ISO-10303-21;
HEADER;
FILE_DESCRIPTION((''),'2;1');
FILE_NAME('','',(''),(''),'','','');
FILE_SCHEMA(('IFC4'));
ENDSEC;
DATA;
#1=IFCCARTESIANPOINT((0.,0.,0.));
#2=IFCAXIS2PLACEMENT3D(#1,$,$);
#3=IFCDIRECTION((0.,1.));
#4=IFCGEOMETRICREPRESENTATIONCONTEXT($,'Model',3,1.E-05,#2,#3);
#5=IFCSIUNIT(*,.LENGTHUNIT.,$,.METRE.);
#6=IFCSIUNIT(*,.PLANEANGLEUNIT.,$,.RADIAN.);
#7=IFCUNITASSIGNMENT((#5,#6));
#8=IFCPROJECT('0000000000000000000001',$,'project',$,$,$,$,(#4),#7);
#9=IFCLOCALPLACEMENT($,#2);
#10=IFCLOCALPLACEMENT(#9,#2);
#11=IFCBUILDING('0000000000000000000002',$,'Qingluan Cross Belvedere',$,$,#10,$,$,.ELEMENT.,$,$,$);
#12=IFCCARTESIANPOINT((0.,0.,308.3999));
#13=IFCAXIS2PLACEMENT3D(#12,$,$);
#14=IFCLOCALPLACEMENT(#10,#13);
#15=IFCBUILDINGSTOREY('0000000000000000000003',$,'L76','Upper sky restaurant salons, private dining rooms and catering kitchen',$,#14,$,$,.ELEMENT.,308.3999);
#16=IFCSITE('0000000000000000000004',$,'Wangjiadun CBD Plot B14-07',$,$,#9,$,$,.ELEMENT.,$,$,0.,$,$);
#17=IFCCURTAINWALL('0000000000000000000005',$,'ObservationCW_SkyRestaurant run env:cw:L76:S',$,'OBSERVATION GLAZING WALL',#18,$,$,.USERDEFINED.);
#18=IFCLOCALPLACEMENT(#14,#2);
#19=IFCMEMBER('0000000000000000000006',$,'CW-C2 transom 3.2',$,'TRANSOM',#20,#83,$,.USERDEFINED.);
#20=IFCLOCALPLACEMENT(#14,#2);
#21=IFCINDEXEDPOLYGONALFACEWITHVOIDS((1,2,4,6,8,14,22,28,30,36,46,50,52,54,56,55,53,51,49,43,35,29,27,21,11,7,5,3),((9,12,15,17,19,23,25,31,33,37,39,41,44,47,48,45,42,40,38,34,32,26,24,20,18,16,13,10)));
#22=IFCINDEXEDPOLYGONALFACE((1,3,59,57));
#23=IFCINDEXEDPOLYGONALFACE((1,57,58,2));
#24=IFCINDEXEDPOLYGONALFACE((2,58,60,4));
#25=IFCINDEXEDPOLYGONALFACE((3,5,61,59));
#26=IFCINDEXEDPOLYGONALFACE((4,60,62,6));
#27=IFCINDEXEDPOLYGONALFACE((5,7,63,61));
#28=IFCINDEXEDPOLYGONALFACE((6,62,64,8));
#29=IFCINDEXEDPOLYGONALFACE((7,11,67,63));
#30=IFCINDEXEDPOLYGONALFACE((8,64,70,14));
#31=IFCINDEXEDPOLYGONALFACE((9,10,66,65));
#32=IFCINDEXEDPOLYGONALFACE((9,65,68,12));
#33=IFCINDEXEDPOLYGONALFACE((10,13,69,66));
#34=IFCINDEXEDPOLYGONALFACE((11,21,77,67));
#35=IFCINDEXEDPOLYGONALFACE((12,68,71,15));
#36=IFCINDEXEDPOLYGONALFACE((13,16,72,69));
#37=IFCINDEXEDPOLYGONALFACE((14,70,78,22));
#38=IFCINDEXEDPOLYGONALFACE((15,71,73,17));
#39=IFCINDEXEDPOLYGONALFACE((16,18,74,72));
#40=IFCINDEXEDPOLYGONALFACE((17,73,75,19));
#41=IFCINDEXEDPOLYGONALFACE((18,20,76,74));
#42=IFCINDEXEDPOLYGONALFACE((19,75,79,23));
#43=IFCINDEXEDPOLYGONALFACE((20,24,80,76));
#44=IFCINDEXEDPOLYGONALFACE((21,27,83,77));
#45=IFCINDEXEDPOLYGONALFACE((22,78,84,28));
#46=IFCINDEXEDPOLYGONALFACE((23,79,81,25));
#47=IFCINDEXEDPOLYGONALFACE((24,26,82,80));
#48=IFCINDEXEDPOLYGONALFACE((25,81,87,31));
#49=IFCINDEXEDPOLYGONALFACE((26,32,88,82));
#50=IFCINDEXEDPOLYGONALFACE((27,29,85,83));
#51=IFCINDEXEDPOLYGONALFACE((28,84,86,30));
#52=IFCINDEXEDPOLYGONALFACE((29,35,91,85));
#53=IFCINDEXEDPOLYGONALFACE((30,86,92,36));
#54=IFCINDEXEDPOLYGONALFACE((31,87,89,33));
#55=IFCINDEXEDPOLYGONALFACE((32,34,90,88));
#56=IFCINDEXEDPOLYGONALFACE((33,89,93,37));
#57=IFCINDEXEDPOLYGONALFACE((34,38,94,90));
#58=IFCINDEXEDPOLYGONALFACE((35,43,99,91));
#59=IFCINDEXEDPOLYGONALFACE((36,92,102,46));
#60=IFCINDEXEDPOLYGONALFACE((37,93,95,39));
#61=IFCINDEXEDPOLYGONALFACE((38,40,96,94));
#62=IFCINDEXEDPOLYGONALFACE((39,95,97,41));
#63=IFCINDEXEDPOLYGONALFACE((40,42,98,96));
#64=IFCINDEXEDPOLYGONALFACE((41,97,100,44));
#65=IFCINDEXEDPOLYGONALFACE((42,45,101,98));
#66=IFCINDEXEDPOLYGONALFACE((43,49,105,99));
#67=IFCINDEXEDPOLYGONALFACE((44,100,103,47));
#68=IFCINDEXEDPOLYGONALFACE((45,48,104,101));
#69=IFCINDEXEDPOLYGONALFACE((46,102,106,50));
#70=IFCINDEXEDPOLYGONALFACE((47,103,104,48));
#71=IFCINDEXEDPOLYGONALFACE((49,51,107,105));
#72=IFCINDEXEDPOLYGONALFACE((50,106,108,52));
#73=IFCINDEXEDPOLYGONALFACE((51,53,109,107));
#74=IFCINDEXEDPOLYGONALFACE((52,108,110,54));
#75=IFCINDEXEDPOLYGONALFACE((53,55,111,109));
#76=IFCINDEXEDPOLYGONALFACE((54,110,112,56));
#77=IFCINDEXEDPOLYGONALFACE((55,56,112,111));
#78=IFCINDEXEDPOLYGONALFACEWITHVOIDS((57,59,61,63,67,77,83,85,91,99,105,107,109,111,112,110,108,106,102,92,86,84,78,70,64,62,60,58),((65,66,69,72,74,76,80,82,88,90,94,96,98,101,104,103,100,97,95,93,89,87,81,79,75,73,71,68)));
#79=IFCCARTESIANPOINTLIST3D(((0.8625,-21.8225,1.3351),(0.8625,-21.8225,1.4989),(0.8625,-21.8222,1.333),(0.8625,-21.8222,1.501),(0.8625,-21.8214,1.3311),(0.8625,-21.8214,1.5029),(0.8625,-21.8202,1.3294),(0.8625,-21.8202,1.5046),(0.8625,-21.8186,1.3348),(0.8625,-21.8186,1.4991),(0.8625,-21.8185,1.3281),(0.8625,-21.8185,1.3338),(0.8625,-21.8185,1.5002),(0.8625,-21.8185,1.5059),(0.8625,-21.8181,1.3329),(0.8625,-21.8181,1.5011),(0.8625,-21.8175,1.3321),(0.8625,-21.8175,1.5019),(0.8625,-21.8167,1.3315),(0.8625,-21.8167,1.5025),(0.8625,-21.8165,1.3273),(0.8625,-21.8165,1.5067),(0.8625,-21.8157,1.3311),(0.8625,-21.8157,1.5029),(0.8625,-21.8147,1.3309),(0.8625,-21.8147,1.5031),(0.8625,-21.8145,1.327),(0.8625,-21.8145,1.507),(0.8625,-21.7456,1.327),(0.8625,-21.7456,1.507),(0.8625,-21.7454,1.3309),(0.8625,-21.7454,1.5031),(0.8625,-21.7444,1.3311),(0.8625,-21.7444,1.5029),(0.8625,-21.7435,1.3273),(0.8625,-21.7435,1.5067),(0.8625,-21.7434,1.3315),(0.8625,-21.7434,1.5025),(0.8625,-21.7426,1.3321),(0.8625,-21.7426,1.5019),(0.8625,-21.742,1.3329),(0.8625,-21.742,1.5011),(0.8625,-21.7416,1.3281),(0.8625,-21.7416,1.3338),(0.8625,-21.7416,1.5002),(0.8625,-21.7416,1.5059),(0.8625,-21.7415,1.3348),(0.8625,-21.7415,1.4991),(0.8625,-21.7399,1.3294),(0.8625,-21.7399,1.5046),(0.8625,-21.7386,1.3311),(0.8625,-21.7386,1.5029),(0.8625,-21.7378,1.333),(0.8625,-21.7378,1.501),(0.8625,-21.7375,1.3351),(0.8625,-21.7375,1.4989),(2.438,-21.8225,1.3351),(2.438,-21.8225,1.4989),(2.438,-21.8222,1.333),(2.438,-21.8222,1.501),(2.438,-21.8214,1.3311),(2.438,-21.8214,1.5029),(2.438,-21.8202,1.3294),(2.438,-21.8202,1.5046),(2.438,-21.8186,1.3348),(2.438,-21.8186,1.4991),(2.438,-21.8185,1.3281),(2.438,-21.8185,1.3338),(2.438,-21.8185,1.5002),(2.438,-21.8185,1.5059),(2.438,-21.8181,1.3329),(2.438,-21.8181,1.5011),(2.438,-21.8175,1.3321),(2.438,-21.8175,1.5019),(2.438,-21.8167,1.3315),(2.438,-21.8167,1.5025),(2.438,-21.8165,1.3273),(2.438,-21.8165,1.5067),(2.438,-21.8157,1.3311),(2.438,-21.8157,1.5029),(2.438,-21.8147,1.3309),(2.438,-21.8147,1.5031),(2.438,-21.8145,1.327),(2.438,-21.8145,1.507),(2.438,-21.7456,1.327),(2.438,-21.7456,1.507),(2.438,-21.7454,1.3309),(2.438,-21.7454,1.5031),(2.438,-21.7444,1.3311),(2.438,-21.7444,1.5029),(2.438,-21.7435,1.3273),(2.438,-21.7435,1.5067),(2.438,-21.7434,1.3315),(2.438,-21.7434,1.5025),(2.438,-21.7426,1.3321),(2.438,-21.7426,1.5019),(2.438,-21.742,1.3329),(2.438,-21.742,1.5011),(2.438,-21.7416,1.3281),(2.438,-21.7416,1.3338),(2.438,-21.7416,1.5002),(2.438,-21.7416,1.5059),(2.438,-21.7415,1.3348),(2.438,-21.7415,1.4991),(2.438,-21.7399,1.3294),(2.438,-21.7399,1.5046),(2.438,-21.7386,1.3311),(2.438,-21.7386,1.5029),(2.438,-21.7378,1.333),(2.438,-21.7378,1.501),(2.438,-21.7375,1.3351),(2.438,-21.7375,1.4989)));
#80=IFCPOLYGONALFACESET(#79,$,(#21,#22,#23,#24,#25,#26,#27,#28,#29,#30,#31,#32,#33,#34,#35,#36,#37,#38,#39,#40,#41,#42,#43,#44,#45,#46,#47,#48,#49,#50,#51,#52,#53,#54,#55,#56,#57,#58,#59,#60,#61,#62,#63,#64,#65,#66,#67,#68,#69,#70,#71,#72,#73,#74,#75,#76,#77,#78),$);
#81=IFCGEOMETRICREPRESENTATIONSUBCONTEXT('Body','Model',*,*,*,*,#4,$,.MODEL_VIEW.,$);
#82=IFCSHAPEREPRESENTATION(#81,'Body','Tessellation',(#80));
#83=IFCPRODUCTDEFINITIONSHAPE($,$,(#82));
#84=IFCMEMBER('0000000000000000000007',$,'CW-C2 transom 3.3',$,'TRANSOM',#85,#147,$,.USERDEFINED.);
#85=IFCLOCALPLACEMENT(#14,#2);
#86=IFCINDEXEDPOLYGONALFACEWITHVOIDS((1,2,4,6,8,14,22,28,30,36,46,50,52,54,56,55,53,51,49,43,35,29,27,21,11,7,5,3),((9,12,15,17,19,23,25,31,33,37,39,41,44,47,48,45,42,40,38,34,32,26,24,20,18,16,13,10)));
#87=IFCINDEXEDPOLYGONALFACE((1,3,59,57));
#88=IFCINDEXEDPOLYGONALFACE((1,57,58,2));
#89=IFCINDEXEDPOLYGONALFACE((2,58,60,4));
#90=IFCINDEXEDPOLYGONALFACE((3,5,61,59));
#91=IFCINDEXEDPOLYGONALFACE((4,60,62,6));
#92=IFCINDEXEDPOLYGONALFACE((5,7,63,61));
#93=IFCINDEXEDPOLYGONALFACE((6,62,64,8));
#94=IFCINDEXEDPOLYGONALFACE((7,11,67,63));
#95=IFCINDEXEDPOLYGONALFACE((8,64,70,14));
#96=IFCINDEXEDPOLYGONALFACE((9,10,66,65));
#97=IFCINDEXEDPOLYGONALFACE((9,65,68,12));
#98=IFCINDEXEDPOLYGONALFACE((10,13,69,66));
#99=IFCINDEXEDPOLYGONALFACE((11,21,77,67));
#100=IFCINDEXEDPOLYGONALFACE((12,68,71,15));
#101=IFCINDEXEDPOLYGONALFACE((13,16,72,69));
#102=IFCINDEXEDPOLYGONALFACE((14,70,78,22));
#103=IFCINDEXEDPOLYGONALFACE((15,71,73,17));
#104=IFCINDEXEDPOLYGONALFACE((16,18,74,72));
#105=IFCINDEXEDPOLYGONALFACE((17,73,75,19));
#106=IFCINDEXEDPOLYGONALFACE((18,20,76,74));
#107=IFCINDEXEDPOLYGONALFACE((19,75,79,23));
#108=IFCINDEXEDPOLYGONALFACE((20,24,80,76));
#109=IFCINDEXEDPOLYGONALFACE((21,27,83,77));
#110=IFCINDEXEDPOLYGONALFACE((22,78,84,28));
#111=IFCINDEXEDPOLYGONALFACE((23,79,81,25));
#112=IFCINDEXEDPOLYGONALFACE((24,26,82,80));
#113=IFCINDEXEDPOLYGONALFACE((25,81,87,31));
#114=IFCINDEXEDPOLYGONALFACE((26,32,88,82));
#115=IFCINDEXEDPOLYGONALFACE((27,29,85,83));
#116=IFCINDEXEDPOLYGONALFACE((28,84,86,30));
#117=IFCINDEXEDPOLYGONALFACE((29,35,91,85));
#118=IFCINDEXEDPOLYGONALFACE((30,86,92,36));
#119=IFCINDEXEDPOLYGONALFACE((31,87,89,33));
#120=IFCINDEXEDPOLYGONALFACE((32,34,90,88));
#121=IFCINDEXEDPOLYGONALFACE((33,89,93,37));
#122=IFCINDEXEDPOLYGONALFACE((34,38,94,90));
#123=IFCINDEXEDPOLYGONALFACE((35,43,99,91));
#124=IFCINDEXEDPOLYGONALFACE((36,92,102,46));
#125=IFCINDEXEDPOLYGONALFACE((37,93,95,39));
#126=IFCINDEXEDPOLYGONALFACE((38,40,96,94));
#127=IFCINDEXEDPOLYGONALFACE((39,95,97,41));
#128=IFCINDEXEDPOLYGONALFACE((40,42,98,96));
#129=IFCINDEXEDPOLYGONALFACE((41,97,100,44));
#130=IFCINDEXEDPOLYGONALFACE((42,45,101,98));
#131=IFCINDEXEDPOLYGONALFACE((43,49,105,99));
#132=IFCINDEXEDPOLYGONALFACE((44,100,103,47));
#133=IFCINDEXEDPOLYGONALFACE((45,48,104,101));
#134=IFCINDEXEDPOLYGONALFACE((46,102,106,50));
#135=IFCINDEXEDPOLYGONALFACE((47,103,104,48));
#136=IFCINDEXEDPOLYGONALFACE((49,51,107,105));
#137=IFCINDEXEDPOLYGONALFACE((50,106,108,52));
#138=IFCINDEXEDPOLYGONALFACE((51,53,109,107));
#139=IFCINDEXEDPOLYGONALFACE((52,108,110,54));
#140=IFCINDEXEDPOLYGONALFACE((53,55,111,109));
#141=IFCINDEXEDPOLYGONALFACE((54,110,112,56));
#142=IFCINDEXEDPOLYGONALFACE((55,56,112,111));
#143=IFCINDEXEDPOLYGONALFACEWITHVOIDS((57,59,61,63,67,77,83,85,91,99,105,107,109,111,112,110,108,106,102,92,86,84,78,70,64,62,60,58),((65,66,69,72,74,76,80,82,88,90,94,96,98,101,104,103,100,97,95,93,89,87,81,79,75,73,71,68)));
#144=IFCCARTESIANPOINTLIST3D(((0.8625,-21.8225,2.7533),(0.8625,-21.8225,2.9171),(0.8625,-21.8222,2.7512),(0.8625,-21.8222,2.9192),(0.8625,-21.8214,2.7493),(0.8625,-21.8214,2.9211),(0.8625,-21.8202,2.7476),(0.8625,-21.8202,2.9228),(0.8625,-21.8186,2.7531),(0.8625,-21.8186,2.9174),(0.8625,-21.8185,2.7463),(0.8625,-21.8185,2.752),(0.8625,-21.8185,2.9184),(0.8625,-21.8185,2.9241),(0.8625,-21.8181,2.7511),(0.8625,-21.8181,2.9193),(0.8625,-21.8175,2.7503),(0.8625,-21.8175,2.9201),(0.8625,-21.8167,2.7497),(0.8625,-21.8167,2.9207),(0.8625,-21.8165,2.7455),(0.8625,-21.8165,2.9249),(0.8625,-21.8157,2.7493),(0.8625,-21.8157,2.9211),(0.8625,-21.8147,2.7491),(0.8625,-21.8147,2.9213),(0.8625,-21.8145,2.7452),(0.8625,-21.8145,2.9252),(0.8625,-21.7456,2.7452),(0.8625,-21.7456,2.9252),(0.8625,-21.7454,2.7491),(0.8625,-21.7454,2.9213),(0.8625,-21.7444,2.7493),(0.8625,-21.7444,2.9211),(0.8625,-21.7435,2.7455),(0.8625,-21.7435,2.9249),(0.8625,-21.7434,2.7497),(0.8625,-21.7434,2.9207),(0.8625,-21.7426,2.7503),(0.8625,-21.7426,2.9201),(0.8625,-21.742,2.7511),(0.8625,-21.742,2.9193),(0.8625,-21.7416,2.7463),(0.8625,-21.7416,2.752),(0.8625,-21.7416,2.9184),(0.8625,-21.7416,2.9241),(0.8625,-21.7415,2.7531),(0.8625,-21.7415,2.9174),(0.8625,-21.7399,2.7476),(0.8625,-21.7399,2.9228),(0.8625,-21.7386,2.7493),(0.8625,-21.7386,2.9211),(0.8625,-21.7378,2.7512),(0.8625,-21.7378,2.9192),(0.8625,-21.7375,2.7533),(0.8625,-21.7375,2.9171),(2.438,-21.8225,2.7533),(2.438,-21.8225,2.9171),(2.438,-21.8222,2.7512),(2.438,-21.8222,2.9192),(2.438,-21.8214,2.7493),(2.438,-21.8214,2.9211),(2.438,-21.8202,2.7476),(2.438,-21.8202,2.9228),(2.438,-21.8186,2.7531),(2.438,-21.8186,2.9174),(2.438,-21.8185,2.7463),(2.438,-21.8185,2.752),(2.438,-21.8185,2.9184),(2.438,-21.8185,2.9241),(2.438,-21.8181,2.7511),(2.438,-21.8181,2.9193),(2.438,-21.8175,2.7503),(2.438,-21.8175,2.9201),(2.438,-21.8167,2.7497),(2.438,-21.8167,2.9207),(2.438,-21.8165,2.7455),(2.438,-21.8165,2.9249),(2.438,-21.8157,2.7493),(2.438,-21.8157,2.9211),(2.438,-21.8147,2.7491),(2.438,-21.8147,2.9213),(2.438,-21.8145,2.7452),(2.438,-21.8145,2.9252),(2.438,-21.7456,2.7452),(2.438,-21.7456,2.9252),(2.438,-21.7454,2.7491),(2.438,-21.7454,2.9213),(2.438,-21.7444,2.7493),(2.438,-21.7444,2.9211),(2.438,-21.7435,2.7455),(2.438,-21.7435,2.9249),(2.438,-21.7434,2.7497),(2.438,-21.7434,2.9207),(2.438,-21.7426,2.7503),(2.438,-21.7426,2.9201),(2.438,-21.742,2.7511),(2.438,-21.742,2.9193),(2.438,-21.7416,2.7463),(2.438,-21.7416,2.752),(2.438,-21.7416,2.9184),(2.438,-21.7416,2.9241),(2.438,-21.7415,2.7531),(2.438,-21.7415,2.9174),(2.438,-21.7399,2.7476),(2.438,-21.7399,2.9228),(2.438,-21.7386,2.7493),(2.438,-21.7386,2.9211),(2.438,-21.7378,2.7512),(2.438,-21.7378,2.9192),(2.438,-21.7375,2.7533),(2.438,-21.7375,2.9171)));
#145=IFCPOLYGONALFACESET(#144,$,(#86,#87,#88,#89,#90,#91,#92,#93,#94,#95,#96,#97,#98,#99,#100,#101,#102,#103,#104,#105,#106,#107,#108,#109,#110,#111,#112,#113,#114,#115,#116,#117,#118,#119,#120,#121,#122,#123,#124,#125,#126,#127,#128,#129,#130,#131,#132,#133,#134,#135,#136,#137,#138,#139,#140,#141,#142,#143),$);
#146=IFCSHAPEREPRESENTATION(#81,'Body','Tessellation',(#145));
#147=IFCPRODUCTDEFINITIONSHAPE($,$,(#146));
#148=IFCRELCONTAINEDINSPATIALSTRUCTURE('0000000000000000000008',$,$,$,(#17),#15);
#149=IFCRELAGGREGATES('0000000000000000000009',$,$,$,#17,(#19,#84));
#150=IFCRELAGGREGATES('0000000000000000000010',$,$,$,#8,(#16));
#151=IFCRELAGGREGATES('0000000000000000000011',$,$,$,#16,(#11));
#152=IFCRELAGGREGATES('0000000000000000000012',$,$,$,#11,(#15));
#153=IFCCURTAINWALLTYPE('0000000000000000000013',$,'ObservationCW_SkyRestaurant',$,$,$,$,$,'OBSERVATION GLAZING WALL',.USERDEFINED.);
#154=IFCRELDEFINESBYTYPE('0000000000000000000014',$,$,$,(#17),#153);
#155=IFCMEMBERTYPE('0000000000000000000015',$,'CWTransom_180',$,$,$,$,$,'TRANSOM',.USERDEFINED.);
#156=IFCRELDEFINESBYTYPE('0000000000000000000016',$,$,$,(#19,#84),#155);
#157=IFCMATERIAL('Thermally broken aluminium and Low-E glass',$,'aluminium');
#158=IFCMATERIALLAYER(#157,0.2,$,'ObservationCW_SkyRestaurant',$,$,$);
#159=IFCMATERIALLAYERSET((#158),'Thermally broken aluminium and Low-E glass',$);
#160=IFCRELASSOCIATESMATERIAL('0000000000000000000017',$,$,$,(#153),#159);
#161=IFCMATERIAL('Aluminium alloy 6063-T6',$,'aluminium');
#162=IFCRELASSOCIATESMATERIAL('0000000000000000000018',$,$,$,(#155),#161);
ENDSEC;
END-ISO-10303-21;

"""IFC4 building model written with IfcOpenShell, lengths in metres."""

from ifc_helpers import new_model, si_unit, direction, frame, origin, origin_2d, place, context, subcontext, project, spatial, hollow_rectangle, extrude, material, layer, layer_set, material_profile, profile_set, type_object, element, aggregate, save


model = new_model("IFC4")

# Units and contexts
model_context = context("Model", 3, precision=1e-05, world=origin(), true_north=direction((0.0, 1.0)))
body_context = subcontext(model_context, "Body", "Model", "MODEL_VIEW")
ifc_project = project(units=[si_unit("LENGTHUNIT", "METRE"), si_unit("PLANEANGLEUNIT", "RADIAN")], contexts=[model_context])

# Site, building, storey
site_placement = place(None, origin())
site = spatial("IfcSite", under=ifc_project, at=site_placement, Name="Wangjiadun CBD Plot B14-07", CompositionType="ELEMENT", RefElevation=0.0)
building_placement = place(site_placement, origin())
building = spatial("IfcBuilding", under=site, at=building_placement, Name="Qingluan Cross Belvedere", CompositionType="ELEMENT")
storey_placement = place(building_placement, frame((0.0, 0.0, 308.3999)))
storey = spatial("IfcBuildingStorey", under=building, at=storey_placement, Name="L76", Description="Upper sky restaurant salons, private dining rooms and catering kitchen", CompositionType="ELEMENT", Elevation=308.3999)

# Curtain wall, members
ifc_material_1 = material(Name="Thermally broken aluminium and Low-E glass", Category="aluminium")
ifc_layer_1 = layer(ifc_material_1, 0.2, Name="ObservationCW_SkyRestaurant")
ifc_layer_set_1 = layer_set([ifc_layer_1], Name="Thermally broken aluminium and Low-E glass")
curtain_wall_type = type_object("IfcCurtainWallType", Name="ObservationCW_SkyRestaurant", ElementType="OBSERVATION GLAZING WALL", PredefinedType="USERDEFINED", material=ifc_layer_set_1)
curtain_wall_placement = place(storey_placement, origin())
curtain_wall = element("IfcCurtainWall", 1, at=curtain_wall_placement, inside=storey, type_object=curtain_wall_type, Name="ObservationCW_SkyRestaurant run env:cw:L76:S", ObjectType="OBSERVATION GLAZING WALL", PredefinedType="USERDEFINED")
ifc_material_2 = material(Name="Aluminium alloy 6063-T6", Category="aluminium")
ifc_material_profile_1 = material_profile(ifc_material_2, hollow_rectangle(XDim=0.085, YDim=0.1799, WallThickness=0.0039, InnerFilletRadius=0.0039, OuterFilletRadius=0.0081, at=origin_2d()), Name="CWT180x85x4")
ifc_profile_set_1 = profile_set([ifc_material_profile_1], Name="Aluminium alloy 6063-T6")
member_type_1 = type_object("IfcMemberType", Name="CWTransom_180", ElementType="TRANSOM", PredefinedType="USERDEFINED", material=ifc_profile_set_1)
member_1_placement = place(storey_placement, frame((0.8625, -21.78, 1.417), z_axis=(1.0, 0.0, 0.0), x_axis=(0.0, 1.0, 0.0)))
member_1 = element("IfcMember", 2, at=member_1_placement, type_object=member_type_1, Name="CW-C2 transom 3.2", ObjectType="TRANSOM", PredefinedType="USERDEFINED", context=body_context, shape_type="SweptSolid", body=[
    extrude(hollow_rectangle(XDim=0.085, YDim=0.1799, WallThickness=0.0039, InnerFilletRadius=0.0039, OuterFilletRadius=0.0081, at=origin_2d()), origin(), (0.0, 0.0, 1.0), 1.5754),
])
member_2_placement = place(storey_placement, frame((0.8625, -21.78, 2.8352), z_axis=(1.0, 0.0, 0.0), x_axis=(0.0, 1.0, 0.0)))
member_2 = element("IfcMember", 3, at=member_2_placement, type_object=member_type_1, Name="CW-C2 transom 3.3", ObjectType="TRANSOM", PredefinedType="USERDEFINED", context=body_context, shape_type="SweptSolid", body=[
    extrude(hollow_rectangle(XDim=0.085, YDim=0.1799, WallThickness=0.0039, InnerFilletRadius=0.0039, OuterFilletRadius=0.0081, at=origin_2d()), origin(), (0.0, 0.0, 1.0), 1.5754),
])
aggregate(curtain_wall, [member_1, member_2])

save(model, "model.ifc")
